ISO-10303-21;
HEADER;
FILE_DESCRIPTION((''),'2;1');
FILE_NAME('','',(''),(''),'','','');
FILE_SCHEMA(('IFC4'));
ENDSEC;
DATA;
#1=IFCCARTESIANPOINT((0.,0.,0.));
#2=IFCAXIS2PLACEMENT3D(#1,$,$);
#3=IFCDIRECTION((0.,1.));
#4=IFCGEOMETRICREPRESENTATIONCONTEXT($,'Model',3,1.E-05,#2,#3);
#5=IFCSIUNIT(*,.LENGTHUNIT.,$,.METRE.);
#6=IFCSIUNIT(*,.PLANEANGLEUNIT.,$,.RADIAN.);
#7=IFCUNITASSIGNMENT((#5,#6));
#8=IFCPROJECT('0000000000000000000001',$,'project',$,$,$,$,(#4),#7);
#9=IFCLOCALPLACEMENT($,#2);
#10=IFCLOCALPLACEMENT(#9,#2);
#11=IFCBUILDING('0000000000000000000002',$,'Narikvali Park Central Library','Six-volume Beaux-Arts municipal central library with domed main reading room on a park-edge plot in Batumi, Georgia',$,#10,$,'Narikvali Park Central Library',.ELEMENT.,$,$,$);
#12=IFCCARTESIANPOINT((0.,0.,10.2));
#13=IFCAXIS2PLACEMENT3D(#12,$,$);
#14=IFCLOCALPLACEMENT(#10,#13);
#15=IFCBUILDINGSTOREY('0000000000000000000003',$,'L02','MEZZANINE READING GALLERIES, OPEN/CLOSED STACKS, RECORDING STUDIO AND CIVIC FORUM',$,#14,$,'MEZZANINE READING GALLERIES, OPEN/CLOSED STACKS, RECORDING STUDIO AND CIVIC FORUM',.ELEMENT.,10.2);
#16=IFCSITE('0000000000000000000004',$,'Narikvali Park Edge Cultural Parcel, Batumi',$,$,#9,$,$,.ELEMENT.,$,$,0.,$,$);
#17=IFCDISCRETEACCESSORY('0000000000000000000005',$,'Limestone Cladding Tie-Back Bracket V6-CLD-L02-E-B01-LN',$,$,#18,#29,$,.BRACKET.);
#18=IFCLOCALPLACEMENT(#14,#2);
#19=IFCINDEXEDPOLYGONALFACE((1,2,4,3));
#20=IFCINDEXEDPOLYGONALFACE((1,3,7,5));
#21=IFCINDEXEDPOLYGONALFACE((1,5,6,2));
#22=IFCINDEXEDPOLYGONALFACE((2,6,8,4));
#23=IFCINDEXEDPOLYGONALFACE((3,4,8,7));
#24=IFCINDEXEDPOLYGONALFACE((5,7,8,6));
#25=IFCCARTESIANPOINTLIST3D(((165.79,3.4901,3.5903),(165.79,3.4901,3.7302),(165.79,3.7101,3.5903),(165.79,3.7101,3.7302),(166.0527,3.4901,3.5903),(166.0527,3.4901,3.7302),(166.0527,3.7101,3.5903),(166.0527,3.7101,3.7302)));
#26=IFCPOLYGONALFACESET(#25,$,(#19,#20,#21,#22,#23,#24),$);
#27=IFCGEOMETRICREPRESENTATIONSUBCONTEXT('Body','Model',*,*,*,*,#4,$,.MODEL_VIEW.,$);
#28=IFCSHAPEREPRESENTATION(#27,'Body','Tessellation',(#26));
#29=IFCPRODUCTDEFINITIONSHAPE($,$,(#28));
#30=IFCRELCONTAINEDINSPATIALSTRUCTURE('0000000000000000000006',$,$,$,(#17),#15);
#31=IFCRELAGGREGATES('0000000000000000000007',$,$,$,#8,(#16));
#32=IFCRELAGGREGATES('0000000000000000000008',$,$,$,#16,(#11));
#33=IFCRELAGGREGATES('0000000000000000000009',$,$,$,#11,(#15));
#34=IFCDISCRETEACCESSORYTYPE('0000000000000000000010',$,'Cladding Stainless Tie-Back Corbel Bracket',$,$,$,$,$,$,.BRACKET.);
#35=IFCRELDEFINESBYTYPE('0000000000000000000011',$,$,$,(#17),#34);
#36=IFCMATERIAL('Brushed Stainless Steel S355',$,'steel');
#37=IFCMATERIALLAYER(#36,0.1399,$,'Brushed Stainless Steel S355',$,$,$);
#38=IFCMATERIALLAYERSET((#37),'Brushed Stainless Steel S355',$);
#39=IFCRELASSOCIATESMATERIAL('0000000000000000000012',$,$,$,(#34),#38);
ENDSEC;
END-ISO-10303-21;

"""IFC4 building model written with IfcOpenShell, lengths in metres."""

from ifc_helpers import new_model, si_unit, direction, frame, origin, origin_2d, place, context, subcontext, project, spatial, rectangle, extrude, material, layer, layer_set, type_object, element, save


model = new_model("IFC4")

# Units and contexts
model_context = context("Model", 3, precision=1e-05, world=origin(), true_north=direction((0.0, 1.0)))
body_context = subcontext(model_context, "Body", "Model", "MODEL_VIEW")
ifc_project = project(units=[si_unit("LENGTHUNIT", "METRE"), si_unit("PLANEANGLEUNIT", "RADIAN")], contexts=[model_context])

# Site, building, storey
site_placement = place(None, origin())
site = spatial("IfcSite", under=ifc_project, at=site_placement, Name="Narikvali Park Edge Cultural Parcel, Batumi", CompositionType="ELEMENT", RefElevation=0.0)
building_placement = place(site_placement, origin())
building = spatial("IfcBuilding", under=site, at=building_placement, Name="Narikvali Park Central Library", Description="Six-volume Beaux-Arts municipal central library with domed main reading room on a park-edge plot in Batumi, Georgia", LongName="Narikvali Park Central Library", CompositionType="ELEMENT")
storey_placement = place(building_placement, frame((0.0, 0.0, 10.2)))
storey = spatial("IfcBuildingStorey", under=building, at=storey_placement, Name="L02", Description="MEZZANINE READING GALLERIES, OPEN/CLOSED STACKS, RECORDING STUDIO AND CIVIC FORUM", LongName="MEZZANINE READING GALLERIES, OPEN/CLOSED STACKS, RECORDING STUDIO AND CIVIC FORUM", CompositionType="ELEMENT", Elevation=10.2)

# Discrete accessory
ifc_material_1 = material(Name="Brushed Stainless Steel S355", Category="steel")
ifc_layer_1 = layer(ifc_material_1, 0.1399, Name="Brushed Stainless Steel S355")
ifc_layer_set_1 = layer_set([ifc_layer_1], Name="Brushed Stainless Steel S355")
discrete_accessory_type = type_object("IfcDiscreteAccessoryType", Name="Cladding Stainless Tie-Back Corbel Bracket", PredefinedType="BRACKET", material=ifc_layer_set_1)
discrete_accessory_1_placement = place(storey_placement, frame((165.9214, 3.6001, 3.5903), z_axis=(0.0, 0.0, 1.0), x_axis=(1.0, 0.0, 0.0)))
element("IfcDiscreteAccessory", 1, at=discrete_accessory_1_placement, inside=storey, type_object=discrete_accessory_type, Name="Limestone Cladding Tie-Back Bracket V6-CLD-L02-E-B01-LN", PredefinedType="BRACKET", context=body_context, shape_type="SweptSolid", body=[
    extrude(rectangle(XDim=0.2627, YDim=0.22, at=origin_2d()), origin(), (0.0, 0.0, 1.0), 0.1399),
])

save(model, "model.ifc")
